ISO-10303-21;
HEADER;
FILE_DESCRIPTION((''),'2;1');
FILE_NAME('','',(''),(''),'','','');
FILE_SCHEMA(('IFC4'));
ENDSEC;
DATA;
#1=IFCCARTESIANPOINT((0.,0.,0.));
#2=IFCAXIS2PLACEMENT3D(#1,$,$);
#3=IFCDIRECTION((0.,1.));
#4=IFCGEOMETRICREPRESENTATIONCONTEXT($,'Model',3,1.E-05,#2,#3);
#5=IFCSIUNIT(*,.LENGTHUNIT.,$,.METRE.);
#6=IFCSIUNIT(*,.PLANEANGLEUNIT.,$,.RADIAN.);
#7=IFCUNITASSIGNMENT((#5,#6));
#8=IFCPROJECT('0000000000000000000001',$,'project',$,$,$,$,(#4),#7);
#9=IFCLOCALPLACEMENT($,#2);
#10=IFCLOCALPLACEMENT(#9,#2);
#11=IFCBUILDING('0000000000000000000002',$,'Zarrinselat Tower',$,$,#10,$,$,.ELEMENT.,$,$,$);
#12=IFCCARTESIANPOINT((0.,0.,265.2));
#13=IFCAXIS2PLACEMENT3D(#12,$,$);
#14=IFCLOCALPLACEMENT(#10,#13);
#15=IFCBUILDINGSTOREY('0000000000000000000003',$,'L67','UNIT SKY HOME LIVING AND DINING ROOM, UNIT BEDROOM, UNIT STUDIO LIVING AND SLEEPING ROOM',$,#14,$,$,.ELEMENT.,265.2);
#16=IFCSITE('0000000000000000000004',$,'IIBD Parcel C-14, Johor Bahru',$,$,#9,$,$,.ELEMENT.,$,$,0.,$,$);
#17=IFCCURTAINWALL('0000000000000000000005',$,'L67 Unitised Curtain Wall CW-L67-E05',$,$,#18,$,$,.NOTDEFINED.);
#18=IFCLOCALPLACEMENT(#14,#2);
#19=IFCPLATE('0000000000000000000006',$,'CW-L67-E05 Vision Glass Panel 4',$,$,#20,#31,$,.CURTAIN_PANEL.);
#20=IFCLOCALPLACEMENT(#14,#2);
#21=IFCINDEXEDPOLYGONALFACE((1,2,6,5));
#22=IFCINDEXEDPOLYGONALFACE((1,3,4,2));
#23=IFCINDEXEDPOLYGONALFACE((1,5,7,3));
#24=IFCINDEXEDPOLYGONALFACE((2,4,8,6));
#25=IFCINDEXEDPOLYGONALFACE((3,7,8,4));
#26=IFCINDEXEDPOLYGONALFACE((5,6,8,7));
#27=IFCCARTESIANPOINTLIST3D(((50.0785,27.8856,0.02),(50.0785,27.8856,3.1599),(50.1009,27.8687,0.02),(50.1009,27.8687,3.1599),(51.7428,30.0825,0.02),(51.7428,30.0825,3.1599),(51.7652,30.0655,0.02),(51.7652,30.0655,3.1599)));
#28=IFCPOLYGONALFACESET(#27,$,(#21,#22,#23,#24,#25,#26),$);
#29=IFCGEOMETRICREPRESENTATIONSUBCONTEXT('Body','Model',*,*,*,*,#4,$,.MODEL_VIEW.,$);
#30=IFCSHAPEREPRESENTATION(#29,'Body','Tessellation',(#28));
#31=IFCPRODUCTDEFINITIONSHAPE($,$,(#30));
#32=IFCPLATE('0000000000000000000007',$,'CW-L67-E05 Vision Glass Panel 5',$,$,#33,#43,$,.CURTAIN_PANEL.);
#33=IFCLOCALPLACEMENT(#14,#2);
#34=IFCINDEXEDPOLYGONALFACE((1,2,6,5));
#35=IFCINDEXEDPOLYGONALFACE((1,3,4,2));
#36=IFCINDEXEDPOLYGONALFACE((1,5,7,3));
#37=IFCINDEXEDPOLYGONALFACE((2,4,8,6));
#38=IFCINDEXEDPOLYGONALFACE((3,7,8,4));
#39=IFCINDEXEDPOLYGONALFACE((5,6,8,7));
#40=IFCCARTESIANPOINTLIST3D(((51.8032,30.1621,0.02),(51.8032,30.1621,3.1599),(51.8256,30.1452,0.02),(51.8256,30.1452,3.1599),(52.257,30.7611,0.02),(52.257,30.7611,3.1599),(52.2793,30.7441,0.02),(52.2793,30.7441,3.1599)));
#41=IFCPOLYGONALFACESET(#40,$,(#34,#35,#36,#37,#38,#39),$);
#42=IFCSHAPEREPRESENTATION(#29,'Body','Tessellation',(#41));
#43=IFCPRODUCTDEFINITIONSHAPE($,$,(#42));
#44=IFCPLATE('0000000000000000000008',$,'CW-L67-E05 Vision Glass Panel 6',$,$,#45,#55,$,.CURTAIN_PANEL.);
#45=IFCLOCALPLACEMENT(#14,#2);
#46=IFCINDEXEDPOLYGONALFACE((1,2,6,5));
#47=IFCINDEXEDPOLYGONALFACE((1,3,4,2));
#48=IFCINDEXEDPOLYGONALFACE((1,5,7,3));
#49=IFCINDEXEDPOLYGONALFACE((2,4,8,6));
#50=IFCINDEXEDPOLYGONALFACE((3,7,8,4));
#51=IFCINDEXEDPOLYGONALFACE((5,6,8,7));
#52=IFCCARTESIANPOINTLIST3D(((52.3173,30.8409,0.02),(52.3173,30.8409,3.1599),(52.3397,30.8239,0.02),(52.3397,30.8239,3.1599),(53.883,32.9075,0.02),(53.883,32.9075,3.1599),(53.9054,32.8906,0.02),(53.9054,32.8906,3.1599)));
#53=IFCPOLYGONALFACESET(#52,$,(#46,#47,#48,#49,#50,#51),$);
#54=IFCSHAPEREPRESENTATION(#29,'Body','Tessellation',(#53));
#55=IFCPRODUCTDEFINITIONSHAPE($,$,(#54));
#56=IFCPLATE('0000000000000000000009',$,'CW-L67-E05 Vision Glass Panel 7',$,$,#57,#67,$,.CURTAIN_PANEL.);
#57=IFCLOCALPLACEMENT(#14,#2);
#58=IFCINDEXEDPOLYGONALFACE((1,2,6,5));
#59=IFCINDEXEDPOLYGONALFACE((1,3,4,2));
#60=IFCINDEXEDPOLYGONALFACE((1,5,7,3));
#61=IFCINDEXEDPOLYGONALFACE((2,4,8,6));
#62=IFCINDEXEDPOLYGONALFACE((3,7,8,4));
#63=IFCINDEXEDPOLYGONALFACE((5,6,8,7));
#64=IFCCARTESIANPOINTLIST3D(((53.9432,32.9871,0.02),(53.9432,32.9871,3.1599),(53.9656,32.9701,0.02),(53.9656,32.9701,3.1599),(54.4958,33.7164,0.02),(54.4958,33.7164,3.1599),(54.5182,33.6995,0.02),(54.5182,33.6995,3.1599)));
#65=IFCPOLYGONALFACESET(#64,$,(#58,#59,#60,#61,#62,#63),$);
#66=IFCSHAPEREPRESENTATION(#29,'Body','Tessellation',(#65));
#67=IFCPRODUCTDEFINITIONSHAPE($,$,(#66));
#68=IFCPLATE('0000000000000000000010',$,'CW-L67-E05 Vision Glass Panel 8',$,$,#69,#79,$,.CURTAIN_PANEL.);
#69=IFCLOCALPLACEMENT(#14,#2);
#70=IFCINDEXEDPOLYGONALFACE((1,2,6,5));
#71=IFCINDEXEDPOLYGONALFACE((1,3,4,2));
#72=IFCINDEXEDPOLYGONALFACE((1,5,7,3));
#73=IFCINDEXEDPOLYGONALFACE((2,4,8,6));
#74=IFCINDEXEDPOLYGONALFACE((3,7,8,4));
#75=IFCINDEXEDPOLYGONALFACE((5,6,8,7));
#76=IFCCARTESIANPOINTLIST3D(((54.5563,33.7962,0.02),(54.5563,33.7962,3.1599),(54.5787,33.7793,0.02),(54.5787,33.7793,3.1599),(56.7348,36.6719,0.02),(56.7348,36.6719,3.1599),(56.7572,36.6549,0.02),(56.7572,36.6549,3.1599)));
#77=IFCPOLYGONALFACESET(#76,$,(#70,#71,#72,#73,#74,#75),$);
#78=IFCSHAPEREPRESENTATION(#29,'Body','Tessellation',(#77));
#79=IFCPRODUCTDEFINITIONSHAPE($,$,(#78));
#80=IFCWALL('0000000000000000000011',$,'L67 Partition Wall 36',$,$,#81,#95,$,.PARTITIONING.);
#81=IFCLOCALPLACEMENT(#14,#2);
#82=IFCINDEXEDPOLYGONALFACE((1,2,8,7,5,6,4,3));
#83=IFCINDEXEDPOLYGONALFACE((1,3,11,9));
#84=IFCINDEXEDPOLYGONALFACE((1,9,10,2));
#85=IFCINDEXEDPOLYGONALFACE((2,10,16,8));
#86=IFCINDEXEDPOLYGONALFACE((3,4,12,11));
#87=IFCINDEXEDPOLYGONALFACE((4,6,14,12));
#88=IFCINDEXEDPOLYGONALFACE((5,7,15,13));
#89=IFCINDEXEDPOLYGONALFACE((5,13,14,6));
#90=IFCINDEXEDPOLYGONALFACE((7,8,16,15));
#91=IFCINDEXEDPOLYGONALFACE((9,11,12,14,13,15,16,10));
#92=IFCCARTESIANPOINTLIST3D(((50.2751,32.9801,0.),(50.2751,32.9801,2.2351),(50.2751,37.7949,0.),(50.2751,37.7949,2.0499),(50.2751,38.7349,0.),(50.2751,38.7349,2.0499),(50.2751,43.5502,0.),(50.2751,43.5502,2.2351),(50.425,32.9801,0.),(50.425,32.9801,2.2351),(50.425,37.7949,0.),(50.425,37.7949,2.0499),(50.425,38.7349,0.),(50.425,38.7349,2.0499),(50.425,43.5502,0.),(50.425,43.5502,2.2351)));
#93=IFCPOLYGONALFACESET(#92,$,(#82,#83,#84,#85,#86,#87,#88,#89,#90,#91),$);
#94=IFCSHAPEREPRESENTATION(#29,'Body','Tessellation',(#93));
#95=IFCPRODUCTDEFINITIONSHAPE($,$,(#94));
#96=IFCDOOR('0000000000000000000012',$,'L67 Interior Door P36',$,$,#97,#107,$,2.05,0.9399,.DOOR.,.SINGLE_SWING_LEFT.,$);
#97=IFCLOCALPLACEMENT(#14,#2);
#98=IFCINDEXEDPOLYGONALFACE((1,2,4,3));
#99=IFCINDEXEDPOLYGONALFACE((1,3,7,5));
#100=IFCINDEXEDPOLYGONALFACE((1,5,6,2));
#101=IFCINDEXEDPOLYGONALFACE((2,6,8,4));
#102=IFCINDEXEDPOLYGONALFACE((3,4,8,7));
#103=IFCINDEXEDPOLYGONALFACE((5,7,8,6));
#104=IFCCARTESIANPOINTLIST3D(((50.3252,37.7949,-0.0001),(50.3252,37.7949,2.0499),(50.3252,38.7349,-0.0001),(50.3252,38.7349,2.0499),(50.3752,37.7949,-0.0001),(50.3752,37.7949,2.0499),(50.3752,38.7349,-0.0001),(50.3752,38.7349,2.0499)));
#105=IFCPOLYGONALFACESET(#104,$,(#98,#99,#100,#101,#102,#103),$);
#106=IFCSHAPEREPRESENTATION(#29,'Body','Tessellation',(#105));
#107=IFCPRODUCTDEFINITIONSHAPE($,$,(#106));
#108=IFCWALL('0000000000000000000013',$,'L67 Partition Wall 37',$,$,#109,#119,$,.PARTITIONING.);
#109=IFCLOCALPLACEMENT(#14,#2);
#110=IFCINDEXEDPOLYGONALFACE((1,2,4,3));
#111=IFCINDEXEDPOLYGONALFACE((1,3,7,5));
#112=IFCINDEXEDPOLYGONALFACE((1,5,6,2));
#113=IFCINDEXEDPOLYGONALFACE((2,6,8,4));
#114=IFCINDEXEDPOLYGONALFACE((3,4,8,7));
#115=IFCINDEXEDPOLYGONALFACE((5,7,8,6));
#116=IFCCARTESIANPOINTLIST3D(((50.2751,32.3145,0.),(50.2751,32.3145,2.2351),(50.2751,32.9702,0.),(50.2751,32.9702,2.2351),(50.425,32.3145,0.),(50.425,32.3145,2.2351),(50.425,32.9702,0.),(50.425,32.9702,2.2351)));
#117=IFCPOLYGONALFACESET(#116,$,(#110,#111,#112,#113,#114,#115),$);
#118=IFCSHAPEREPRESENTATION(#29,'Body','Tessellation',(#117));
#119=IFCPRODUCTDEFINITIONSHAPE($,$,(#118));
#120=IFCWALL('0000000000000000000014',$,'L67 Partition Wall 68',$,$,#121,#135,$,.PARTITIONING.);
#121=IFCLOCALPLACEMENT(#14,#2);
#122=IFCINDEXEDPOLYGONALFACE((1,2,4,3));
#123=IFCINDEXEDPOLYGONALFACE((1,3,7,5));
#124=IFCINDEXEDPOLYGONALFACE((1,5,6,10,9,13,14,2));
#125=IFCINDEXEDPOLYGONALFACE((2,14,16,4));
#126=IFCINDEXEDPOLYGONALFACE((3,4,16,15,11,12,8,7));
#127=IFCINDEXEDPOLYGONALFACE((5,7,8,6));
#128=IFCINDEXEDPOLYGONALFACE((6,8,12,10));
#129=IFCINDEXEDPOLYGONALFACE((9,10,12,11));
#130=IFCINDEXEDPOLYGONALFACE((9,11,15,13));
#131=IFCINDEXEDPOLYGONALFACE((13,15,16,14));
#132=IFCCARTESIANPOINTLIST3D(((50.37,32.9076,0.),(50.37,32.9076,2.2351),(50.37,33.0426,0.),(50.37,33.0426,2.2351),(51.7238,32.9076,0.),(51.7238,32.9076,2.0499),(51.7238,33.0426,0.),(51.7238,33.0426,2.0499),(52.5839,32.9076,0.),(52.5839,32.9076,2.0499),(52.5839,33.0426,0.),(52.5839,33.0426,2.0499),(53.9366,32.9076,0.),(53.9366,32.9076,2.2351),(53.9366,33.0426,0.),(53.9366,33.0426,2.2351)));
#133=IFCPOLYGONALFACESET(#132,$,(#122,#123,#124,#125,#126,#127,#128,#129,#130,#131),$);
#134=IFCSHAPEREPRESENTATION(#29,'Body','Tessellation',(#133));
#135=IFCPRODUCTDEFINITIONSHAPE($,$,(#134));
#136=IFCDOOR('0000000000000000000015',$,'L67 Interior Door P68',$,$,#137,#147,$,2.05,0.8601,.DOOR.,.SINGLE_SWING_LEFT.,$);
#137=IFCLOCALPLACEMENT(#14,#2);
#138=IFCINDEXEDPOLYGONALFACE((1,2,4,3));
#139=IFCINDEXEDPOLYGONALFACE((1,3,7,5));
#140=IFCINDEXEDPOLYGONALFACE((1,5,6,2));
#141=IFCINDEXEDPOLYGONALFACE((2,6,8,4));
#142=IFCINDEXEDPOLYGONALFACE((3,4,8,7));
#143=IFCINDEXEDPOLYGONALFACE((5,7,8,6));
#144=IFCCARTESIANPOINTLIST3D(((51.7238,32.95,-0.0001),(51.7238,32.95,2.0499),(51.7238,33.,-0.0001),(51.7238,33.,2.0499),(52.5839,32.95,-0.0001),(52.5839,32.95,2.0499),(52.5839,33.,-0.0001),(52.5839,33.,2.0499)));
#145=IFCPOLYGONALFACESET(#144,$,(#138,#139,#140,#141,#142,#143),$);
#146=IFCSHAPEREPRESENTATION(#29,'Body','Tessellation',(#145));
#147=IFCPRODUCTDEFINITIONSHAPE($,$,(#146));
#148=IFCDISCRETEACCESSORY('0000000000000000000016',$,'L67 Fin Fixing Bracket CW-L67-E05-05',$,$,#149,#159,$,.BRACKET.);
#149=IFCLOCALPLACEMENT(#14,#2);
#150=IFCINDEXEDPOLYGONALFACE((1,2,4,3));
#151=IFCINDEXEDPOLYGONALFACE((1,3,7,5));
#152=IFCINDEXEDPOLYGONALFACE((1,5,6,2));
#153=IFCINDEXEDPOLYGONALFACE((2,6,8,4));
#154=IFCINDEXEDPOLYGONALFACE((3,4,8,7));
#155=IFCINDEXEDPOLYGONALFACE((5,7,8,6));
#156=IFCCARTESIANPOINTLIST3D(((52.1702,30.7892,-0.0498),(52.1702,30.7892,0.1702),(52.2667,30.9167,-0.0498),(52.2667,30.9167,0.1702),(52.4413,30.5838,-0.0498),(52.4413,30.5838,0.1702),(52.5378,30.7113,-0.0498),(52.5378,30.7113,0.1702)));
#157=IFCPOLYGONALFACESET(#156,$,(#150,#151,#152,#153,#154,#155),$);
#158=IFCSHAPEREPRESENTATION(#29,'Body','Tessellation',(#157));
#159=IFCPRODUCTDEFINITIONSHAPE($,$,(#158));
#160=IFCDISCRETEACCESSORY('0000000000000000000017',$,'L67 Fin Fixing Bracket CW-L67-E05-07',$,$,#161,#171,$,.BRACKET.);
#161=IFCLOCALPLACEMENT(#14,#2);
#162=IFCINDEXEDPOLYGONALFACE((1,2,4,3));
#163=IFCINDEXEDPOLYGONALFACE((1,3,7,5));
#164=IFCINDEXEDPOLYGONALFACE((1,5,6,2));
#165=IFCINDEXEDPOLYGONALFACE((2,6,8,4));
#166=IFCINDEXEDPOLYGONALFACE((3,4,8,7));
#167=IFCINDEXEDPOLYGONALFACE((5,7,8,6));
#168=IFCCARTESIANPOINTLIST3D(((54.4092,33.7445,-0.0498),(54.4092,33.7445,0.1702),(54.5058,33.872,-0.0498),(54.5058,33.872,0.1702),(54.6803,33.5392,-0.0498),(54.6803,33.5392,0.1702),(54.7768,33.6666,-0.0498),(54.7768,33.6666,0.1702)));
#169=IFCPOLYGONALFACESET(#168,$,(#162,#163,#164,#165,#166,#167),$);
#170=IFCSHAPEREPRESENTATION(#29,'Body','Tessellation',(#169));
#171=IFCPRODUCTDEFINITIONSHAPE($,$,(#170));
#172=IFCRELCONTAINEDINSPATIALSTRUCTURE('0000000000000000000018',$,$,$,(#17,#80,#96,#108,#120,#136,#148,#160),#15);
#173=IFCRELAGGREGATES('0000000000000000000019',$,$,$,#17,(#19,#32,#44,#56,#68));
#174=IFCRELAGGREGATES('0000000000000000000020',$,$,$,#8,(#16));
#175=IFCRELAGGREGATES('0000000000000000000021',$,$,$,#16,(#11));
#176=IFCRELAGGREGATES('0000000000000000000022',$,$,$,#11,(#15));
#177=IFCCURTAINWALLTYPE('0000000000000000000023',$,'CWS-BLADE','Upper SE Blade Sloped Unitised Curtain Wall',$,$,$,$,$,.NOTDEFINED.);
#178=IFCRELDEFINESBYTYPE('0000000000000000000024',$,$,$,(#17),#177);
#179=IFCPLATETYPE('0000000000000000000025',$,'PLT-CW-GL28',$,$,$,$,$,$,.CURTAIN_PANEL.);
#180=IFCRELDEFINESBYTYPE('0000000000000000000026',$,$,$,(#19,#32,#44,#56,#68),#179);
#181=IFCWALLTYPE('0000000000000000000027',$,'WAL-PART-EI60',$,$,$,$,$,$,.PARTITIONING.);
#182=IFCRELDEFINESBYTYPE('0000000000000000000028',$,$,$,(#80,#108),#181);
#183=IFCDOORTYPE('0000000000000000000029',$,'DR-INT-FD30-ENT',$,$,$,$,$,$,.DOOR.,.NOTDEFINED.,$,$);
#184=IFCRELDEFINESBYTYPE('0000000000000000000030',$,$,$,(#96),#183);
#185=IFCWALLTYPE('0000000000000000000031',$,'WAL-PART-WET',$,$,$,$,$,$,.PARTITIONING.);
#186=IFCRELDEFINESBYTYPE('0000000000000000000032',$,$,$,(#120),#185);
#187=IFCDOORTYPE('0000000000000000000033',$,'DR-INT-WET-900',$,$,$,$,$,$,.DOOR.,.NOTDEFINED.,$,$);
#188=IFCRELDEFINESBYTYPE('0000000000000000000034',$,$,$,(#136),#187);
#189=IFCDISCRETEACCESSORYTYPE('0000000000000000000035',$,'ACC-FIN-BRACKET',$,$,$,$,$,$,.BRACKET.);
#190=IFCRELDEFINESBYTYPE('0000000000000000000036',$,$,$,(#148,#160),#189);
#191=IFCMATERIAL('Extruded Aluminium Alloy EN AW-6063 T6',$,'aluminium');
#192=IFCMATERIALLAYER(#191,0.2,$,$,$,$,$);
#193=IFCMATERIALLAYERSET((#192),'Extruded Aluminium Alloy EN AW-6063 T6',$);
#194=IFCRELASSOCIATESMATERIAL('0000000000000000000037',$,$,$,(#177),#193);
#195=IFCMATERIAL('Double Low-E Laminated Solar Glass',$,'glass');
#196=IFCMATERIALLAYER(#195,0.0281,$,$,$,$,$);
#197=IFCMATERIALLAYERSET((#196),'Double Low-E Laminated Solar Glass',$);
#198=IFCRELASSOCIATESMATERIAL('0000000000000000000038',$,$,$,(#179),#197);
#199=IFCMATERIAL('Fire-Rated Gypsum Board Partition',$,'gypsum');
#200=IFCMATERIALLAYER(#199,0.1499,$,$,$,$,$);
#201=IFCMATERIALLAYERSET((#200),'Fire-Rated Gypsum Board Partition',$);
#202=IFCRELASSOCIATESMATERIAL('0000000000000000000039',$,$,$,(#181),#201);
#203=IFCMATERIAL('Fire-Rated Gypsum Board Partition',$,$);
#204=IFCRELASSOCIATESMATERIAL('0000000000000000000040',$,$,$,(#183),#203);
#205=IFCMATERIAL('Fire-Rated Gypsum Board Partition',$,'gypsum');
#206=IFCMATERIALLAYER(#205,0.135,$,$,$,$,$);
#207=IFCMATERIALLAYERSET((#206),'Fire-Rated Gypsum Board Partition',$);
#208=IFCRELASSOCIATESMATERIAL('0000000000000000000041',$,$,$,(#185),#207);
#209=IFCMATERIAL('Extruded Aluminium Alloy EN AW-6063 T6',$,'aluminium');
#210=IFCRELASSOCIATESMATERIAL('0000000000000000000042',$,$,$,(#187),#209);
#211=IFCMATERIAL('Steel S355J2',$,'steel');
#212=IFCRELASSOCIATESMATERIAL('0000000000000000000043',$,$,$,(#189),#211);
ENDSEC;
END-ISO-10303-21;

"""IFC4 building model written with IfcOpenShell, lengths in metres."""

from ifc_helpers import new_model, si_unit, direction, frame, frame_2d, origin, origin_2d, place, context, subcontext, project, spatial, rectangle, extrude, material, layer, layer_set, type_object, element, fill, aggregate, save


model = new_model("IFC4")

# Units and contexts
model_context = context("Model", 3, precision=1e-05, world=origin(), true_north=direction((0.0, 1.0)))
body_context = subcontext(model_context, "Body", "Model", "MODEL_VIEW")
ifc_project = project(units=[si_unit("LENGTHUNIT", "METRE"), si_unit("PLANEANGLEUNIT", "RADIAN")], contexts=[model_context])

# Site, building, storey
site_placement = place(None, origin())
site = spatial("IfcSite", under=ifc_project, at=site_placement, Name="IIBD Parcel C-14, Johor Bahru", CompositionType="ELEMENT", RefElevation=0.0)
building_placement = place(site_placement, origin())
building = spatial("IfcBuilding", under=site, at=building_placement, Name="Zarrinselat Tower", CompositionType="ELEMENT")
storey_placement = place(building_placement, frame((0.0, 0.0, 265.2)))
storey = spatial("IfcBuildingStorey", under=building, at=storey_placement, Name="L67", Description="UNIT SKY HOME LIVING AND DINING ROOM, UNIT BEDROOM, UNIT STUDIO LIVING AND SLEEPING ROOM", CompositionType="ELEMENT", Elevation=265.2)

# Curtain wall, plates
ifc_material_1 = material(Name="Extruded Aluminium Alloy EN AW-6063 T6", Category="aluminium")
ifc_layer_1 = layer(ifc_material_1, 0.2)
ifc_layer_set_1 = layer_set([ifc_layer_1], Name="Extruded Aluminium Alloy EN AW-6063 T6")
curtain_wall_type = type_object("IfcCurtainWallType", Name="CWS-BLADE", Description="Upper SE Blade Sloped Unitised Curtain Wall", PredefinedType="NOTDEFINED", material=ifc_layer_set_1)
curtain_wall_placement = place(storey_placement, origin())
curtain_wall = element("IfcCurtainWall", 1, at=curtain_wall_placement, inside=storey, type_object=curtain_wall_type, Name="L67 Unitised Curtain Wall CW-L67-E05", PredefinedType="NOTDEFINED")
ifc_material_2 = material(Name="Double Low-E Laminated Solar Glass", Category="glass")
ifc_layer_2 = layer(ifc_material_2, 0.0281)
ifc_layer_set_2 = layer_set([ifc_layer_2], Name="Double Low-E Laminated Solar Glass")
plate_type = type_object("IfcPlateType", Name="PLT-CW-GL28", PredefinedType="CURTAIN_PANEL", material=ifc_layer_set_2)
plate_1_placement = place(storey_placement, frame((50.9219, 28.9756, 0.02), z_axis=(0.0, 0.0, 1.0), x_axis=(0.60386, 0.797091, 0.0)))
plate_1 = element("IfcPlate", 2, at=plate_1_placement, type_object=plate_type, Name="CW-L67-E05 Vision Glass Panel 4", PredefinedType="CURTAIN_PANEL", context=body_context, shape_type="SweptSolid", body=[
    extrude(rectangle(XDim=2.7561, YDim=0.0281, at=origin_2d()), origin(), (0.0, 0.0, 1.0), 3.1399),
])
plate_2_placement = place(storey_placement, frame((52.0413, 30.4531, 0.02), z_axis=(0.0, 0.0, 1.0), x_axis=(0.60386, 0.797091, 0.0)))
plate_2 = element("IfcPlate", 3, at=plate_2_placement, type_object=plate_type, Name="CW-L67-E05 Vision Glass Panel 5", PredefinedType="CURTAIN_PANEL", context=body_context, shape_type="SweptSolid", body=[
    extrude(rectangle(XDim=0.7515, YDim=0.0281, at=origin_2d()), origin(), (0.0, 0.0, 1.0), 3.1399),
])
plate_3_placement = place(storey_placement, frame((53.1113, 31.8657, 0.02), z_axis=(0.0, 0.0, 1.0), x_axis=(0.60386, 0.797091, 0.0)))
plate_3 = element("IfcPlate", 4, at=plate_3_placement, type_object=plate_type, Name="CW-L67-E05 Vision Glass Panel 6", PredefinedType="CURTAIN_PANEL", context=body_context, shape_type="SweptSolid", body=[
    extrude(rectangle(XDim=2.5928, YDim=0.0281, at=origin_2d()), origin(), (0.0, 0.0, 1.0), 3.1399),
])
plate_4_placement = place(storey_placement, frame((54.2307, 33.3433, 0.02), z_axis=(0.0, 0.0, 1.0), x_axis=(0.60386, 0.797091, 0.0)))
plate_4 = element("IfcPlate", 5, at=plate_4_placement, type_object=plate_type, Name="CW-L67-E05 Vision Glass Panel 7", PredefinedType="CURTAIN_PANEL", context=body_context, shape_type="SweptSolid", body=[
    extrude(rectangle(XDim=0.915, YDim=0.0281, at=origin_2d()), origin(), (0.0, 0.0, 1.0), 3.1399),
])
plate_5_placement = place(storey_placement, frame((55.6567, 35.2256, 0.02), z_axis=(0.0, 0.0, 1.0), x_axis=(0.60386, 0.797091, 0.0)))
plate_5 = element("IfcPlate", 6, at=plate_5_placement, type_object=plate_type, Name="CW-L67-E05 Vision Glass Panel 8", PredefinedType="CURTAIN_PANEL", context=body_context, shape_type="SweptSolid", body=[
    extrude(rectangle(XDim=3.6077, YDim=0.0281, at=origin_2d()), origin(), (0.0, 0.0, 1.0), 3.1399),
])
aggregate(curtain_wall, [plate_1, plate_2, plate_3, plate_4, plate_5])

# Wall, opening, door
ifc_material_3 = material(Name="Fire-Rated Gypsum Board Partition", Category="gypsum")
ifc_layer_3 = layer(ifc_material_3, 0.1499)
ifc_layer_set_3 = layer_set([ifc_layer_3], Name="Fire-Rated Gypsum Board Partition")
wall_type_1 = type_object("IfcWallType", Name="WAL-PART-EI60", PredefinedType="PARTITIONING", material=ifc_layer_set_3)
wall_1_placement = place(storey_placement, frame((50.3501, 32.98, 0.0), z_axis=(0.0, 0.0, 1.0), x_axis=(0.0, 1.0, 0.0)))
wall_1 = element("IfcWall", 7, at=wall_1_placement, inside=storey, type_object=wall_type_1, Name="L67 Partition Wall 36", PredefinedType="PARTITIONING", context=body_context, shape_type="SweptSolid", body=[
    extrude(rectangle(XDim=10.5701, YDim=0.1499, at=frame_2d((5.2852, 0.0))), origin(), (0.0, 0.0, 1.0), 2.2351),
])
opening_1_placement = place(wall_1_placement, frame((4.8149, 0.0, 0.0)))
opening_1 = element("IfcOpeningElement", 8, at=opening_1_placement, cuts=wall_1, PredefinedType="OPENING", context=body_context, shape_type="SweptSolid", body=[
    extrude(rectangle(XDim=0.9399, YDim=2.05, at=frame_2d((0.47, 1.0249))), frame((0.0, 0.085, 0.0), z_axis=(0.0, -1.0, 0.0), x_axis=(1.0, 0.0, 0.0)), (0.0, 0.0, 1.0), 0.1699),
])
ifc_material_4 = material(Name="Fire-Rated Gypsum Board Partition")
door_type_1 = type_object("IfcDoorType", Name="DR-INT-FD30-ENT", OperationType="NOTDEFINED", PredefinedType="DOOR", material=ifc_material_4)
door_1_placement = place(opening_1_placement, origin())
door_1 = element("IfcDoor", 9, at=door_1_placement, inside=storey, type_object=door_type_1, Name="L67 Interior Door P36", OperationType="SINGLE_SWING_LEFT", OverallHeight=2.05, OverallWidth=0.9399, PredefinedType="DOOR", context=body_context, shape_type="SweptSolid", body=[
    extrude(rectangle(XDim=0.9399, YDim=2.05, at=frame_2d((0.47, 1.0249))), frame((0.0, 0.0249, 0.0), z_axis=(0.0, -1.0, 0.0), x_axis=(1.0, 0.0, 0.0)), (0.0, 0.0, 1.0), 0.05),
])
fill(opening_1, door_1)

# Wall
wall_2_placement = place(storey_placement, frame((50.3501, 32.3145, 0.0), z_axis=(0.0, 0.0, 1.0), x_axis=(0.0, 1.0, 0.0)))
element("IfcWall", 10, at=wall_2_placement, inside=storey, type_object=wall_type_1, Name="L67 Partition Wall 37", PredefinedType="PARTITIONING", context=body_context, shape_type="SweptSolid", body=[
    extrude(rectangle(XDim=0.6558, YDim=0.1499, at=frame_2d((0.3279, 0.0))), origin(), (0.0, 0.0, 1.0), 2.2351),
])

# Wall, opening, door
ifc_material_5 = material(Name="Fire-Rated Gypsum Board Partition", Category="gypsum")
ifc_layer_4 = layer(ifc_material_5, 0.135)
ifc_layer_set_4 = layer_set([ifc_layer_4], Name="Fire-Rated Gypsum Board Partition")
wall_type_2 = type_object("IfcWallType", Name="WAL-PART-WET", PredefinedType="PARTITIONING", material=ifc_layer_set_4)
wall_3_placement = place(storey_placement, frame((50.3701, 32.9751, 0.0), z_axis=(0.0, 0.0, 1.0), x_axis=(1.0, 0.0, 0.0)))
wall_3 = element("IfcWall", 11, at=wall_3_placement, inside=storey, type_object=wall_type_2, Name="L67 Partition Wall 68", PredefinedType="PARTITIONING", context=body_context, shape_type="SweptSolid", body=[
    extrude(rectangle(XDim=3.5667, YDim=0.135, at=frame_2d((1.7832, 0.0))), origin(), (0.0, 0.0, 1.0), 2.2351),
])
opening_2_placement = place(wall_3_placement, frame((1.3535, 0.0, 0.0)))
opening_2 = element("IfcOpeningElement", 12, at=opening_2_placement, cuts=wall_3, PredefinedType="OPENING", context=body_context, shape_type="SweptSolid", body=[
    extrude(rectangle(XDim=0.8601, YDim=2.05, at=frame_2d((0.4302, 1.0249))), frame((0.0, 0.0774, 0.0), z_axis=(0.0, -1.0, 0.0), x_axis=(1.0, 0.0, 0.0)), (0.0, 0.0, 1.0), 0.155),
])
ifc_material_6 = material(Name="Extruded Aluminium Alloy EN AW-6063 T6", Category="aluminium")
door_type_2 = type_object("IfcDoorType", Name="DR-INT-WET-900", OperationType="NOTDEFINED", PredefinedType="DOOR", material=ifc_material_6)
door_2_placement = place(opening_2_placement, origin())
door_2 = element("IfcDoor", 13, at=door_2_placement, inside=storey, type_object=door_type_2, Name="L67 Interior Door P68", OperationType="SINGLE_SWING_LEFT", OverallHeight=2.05, OverallWidth=0.8601, PredefinedType="DOOR", context=body_context, shape_type="SweptSolid", body=[
    extrude(rectangle(XDim=0.8601, YDim=2.05, at=frame_2d((0.4302, 1.0249))), frame((0.0, 0.0249, 0.0), z_axis=(0.0, -1.0, 0.0), x_axis=(1.0, 0.0, 0.0)), (0.0, 0.0, 1.0), 0.05),
])
fill(opening_2, door_2)

# Discrete accessories
ifc_material_7 = material(Name="Steel S355J2", Category="steel")
discrete_accessory_type = type_object("IfcDiscreteAccessoryType", Name="ACC-FIN-BRACKET", PredefinedType="BRACKET", material=ifc_material_7)
for number, where, z_axis, x_axis, name in (
    (14, (52.354, 30.7502, -0.0498), (0.0, 0.0, 1.0), (0.797091, -0.60386, 0.0), "L67 Fin Fixing Bracket CW-L67-E05-05"),
    (15, (54.593, 33.7056, -0.0498), (0.0, 0.0, 1.0), (0.797091, -0.60386, 0.0), "L67 Fin Fixing Bracket CW-L67-E05-07"),
):
    element("IfcDiscreteAccessory", number, at=place(storey_placement, frame(where, z_axis=z_axis, x_axis=x_axis)), inside=storey, type_object=discrete_accessory_type, Name=name, PredefinedType="BRACKET", context=body_context, shape_type="SweptSolid", body=[
        extrude(rectangle(XDim=0.3401, YDim=0.1599, at=origin_2d()), origin(), (0.0, 0.0, 1.0), 0.22),
    ])

save(model, "model.ifc")
